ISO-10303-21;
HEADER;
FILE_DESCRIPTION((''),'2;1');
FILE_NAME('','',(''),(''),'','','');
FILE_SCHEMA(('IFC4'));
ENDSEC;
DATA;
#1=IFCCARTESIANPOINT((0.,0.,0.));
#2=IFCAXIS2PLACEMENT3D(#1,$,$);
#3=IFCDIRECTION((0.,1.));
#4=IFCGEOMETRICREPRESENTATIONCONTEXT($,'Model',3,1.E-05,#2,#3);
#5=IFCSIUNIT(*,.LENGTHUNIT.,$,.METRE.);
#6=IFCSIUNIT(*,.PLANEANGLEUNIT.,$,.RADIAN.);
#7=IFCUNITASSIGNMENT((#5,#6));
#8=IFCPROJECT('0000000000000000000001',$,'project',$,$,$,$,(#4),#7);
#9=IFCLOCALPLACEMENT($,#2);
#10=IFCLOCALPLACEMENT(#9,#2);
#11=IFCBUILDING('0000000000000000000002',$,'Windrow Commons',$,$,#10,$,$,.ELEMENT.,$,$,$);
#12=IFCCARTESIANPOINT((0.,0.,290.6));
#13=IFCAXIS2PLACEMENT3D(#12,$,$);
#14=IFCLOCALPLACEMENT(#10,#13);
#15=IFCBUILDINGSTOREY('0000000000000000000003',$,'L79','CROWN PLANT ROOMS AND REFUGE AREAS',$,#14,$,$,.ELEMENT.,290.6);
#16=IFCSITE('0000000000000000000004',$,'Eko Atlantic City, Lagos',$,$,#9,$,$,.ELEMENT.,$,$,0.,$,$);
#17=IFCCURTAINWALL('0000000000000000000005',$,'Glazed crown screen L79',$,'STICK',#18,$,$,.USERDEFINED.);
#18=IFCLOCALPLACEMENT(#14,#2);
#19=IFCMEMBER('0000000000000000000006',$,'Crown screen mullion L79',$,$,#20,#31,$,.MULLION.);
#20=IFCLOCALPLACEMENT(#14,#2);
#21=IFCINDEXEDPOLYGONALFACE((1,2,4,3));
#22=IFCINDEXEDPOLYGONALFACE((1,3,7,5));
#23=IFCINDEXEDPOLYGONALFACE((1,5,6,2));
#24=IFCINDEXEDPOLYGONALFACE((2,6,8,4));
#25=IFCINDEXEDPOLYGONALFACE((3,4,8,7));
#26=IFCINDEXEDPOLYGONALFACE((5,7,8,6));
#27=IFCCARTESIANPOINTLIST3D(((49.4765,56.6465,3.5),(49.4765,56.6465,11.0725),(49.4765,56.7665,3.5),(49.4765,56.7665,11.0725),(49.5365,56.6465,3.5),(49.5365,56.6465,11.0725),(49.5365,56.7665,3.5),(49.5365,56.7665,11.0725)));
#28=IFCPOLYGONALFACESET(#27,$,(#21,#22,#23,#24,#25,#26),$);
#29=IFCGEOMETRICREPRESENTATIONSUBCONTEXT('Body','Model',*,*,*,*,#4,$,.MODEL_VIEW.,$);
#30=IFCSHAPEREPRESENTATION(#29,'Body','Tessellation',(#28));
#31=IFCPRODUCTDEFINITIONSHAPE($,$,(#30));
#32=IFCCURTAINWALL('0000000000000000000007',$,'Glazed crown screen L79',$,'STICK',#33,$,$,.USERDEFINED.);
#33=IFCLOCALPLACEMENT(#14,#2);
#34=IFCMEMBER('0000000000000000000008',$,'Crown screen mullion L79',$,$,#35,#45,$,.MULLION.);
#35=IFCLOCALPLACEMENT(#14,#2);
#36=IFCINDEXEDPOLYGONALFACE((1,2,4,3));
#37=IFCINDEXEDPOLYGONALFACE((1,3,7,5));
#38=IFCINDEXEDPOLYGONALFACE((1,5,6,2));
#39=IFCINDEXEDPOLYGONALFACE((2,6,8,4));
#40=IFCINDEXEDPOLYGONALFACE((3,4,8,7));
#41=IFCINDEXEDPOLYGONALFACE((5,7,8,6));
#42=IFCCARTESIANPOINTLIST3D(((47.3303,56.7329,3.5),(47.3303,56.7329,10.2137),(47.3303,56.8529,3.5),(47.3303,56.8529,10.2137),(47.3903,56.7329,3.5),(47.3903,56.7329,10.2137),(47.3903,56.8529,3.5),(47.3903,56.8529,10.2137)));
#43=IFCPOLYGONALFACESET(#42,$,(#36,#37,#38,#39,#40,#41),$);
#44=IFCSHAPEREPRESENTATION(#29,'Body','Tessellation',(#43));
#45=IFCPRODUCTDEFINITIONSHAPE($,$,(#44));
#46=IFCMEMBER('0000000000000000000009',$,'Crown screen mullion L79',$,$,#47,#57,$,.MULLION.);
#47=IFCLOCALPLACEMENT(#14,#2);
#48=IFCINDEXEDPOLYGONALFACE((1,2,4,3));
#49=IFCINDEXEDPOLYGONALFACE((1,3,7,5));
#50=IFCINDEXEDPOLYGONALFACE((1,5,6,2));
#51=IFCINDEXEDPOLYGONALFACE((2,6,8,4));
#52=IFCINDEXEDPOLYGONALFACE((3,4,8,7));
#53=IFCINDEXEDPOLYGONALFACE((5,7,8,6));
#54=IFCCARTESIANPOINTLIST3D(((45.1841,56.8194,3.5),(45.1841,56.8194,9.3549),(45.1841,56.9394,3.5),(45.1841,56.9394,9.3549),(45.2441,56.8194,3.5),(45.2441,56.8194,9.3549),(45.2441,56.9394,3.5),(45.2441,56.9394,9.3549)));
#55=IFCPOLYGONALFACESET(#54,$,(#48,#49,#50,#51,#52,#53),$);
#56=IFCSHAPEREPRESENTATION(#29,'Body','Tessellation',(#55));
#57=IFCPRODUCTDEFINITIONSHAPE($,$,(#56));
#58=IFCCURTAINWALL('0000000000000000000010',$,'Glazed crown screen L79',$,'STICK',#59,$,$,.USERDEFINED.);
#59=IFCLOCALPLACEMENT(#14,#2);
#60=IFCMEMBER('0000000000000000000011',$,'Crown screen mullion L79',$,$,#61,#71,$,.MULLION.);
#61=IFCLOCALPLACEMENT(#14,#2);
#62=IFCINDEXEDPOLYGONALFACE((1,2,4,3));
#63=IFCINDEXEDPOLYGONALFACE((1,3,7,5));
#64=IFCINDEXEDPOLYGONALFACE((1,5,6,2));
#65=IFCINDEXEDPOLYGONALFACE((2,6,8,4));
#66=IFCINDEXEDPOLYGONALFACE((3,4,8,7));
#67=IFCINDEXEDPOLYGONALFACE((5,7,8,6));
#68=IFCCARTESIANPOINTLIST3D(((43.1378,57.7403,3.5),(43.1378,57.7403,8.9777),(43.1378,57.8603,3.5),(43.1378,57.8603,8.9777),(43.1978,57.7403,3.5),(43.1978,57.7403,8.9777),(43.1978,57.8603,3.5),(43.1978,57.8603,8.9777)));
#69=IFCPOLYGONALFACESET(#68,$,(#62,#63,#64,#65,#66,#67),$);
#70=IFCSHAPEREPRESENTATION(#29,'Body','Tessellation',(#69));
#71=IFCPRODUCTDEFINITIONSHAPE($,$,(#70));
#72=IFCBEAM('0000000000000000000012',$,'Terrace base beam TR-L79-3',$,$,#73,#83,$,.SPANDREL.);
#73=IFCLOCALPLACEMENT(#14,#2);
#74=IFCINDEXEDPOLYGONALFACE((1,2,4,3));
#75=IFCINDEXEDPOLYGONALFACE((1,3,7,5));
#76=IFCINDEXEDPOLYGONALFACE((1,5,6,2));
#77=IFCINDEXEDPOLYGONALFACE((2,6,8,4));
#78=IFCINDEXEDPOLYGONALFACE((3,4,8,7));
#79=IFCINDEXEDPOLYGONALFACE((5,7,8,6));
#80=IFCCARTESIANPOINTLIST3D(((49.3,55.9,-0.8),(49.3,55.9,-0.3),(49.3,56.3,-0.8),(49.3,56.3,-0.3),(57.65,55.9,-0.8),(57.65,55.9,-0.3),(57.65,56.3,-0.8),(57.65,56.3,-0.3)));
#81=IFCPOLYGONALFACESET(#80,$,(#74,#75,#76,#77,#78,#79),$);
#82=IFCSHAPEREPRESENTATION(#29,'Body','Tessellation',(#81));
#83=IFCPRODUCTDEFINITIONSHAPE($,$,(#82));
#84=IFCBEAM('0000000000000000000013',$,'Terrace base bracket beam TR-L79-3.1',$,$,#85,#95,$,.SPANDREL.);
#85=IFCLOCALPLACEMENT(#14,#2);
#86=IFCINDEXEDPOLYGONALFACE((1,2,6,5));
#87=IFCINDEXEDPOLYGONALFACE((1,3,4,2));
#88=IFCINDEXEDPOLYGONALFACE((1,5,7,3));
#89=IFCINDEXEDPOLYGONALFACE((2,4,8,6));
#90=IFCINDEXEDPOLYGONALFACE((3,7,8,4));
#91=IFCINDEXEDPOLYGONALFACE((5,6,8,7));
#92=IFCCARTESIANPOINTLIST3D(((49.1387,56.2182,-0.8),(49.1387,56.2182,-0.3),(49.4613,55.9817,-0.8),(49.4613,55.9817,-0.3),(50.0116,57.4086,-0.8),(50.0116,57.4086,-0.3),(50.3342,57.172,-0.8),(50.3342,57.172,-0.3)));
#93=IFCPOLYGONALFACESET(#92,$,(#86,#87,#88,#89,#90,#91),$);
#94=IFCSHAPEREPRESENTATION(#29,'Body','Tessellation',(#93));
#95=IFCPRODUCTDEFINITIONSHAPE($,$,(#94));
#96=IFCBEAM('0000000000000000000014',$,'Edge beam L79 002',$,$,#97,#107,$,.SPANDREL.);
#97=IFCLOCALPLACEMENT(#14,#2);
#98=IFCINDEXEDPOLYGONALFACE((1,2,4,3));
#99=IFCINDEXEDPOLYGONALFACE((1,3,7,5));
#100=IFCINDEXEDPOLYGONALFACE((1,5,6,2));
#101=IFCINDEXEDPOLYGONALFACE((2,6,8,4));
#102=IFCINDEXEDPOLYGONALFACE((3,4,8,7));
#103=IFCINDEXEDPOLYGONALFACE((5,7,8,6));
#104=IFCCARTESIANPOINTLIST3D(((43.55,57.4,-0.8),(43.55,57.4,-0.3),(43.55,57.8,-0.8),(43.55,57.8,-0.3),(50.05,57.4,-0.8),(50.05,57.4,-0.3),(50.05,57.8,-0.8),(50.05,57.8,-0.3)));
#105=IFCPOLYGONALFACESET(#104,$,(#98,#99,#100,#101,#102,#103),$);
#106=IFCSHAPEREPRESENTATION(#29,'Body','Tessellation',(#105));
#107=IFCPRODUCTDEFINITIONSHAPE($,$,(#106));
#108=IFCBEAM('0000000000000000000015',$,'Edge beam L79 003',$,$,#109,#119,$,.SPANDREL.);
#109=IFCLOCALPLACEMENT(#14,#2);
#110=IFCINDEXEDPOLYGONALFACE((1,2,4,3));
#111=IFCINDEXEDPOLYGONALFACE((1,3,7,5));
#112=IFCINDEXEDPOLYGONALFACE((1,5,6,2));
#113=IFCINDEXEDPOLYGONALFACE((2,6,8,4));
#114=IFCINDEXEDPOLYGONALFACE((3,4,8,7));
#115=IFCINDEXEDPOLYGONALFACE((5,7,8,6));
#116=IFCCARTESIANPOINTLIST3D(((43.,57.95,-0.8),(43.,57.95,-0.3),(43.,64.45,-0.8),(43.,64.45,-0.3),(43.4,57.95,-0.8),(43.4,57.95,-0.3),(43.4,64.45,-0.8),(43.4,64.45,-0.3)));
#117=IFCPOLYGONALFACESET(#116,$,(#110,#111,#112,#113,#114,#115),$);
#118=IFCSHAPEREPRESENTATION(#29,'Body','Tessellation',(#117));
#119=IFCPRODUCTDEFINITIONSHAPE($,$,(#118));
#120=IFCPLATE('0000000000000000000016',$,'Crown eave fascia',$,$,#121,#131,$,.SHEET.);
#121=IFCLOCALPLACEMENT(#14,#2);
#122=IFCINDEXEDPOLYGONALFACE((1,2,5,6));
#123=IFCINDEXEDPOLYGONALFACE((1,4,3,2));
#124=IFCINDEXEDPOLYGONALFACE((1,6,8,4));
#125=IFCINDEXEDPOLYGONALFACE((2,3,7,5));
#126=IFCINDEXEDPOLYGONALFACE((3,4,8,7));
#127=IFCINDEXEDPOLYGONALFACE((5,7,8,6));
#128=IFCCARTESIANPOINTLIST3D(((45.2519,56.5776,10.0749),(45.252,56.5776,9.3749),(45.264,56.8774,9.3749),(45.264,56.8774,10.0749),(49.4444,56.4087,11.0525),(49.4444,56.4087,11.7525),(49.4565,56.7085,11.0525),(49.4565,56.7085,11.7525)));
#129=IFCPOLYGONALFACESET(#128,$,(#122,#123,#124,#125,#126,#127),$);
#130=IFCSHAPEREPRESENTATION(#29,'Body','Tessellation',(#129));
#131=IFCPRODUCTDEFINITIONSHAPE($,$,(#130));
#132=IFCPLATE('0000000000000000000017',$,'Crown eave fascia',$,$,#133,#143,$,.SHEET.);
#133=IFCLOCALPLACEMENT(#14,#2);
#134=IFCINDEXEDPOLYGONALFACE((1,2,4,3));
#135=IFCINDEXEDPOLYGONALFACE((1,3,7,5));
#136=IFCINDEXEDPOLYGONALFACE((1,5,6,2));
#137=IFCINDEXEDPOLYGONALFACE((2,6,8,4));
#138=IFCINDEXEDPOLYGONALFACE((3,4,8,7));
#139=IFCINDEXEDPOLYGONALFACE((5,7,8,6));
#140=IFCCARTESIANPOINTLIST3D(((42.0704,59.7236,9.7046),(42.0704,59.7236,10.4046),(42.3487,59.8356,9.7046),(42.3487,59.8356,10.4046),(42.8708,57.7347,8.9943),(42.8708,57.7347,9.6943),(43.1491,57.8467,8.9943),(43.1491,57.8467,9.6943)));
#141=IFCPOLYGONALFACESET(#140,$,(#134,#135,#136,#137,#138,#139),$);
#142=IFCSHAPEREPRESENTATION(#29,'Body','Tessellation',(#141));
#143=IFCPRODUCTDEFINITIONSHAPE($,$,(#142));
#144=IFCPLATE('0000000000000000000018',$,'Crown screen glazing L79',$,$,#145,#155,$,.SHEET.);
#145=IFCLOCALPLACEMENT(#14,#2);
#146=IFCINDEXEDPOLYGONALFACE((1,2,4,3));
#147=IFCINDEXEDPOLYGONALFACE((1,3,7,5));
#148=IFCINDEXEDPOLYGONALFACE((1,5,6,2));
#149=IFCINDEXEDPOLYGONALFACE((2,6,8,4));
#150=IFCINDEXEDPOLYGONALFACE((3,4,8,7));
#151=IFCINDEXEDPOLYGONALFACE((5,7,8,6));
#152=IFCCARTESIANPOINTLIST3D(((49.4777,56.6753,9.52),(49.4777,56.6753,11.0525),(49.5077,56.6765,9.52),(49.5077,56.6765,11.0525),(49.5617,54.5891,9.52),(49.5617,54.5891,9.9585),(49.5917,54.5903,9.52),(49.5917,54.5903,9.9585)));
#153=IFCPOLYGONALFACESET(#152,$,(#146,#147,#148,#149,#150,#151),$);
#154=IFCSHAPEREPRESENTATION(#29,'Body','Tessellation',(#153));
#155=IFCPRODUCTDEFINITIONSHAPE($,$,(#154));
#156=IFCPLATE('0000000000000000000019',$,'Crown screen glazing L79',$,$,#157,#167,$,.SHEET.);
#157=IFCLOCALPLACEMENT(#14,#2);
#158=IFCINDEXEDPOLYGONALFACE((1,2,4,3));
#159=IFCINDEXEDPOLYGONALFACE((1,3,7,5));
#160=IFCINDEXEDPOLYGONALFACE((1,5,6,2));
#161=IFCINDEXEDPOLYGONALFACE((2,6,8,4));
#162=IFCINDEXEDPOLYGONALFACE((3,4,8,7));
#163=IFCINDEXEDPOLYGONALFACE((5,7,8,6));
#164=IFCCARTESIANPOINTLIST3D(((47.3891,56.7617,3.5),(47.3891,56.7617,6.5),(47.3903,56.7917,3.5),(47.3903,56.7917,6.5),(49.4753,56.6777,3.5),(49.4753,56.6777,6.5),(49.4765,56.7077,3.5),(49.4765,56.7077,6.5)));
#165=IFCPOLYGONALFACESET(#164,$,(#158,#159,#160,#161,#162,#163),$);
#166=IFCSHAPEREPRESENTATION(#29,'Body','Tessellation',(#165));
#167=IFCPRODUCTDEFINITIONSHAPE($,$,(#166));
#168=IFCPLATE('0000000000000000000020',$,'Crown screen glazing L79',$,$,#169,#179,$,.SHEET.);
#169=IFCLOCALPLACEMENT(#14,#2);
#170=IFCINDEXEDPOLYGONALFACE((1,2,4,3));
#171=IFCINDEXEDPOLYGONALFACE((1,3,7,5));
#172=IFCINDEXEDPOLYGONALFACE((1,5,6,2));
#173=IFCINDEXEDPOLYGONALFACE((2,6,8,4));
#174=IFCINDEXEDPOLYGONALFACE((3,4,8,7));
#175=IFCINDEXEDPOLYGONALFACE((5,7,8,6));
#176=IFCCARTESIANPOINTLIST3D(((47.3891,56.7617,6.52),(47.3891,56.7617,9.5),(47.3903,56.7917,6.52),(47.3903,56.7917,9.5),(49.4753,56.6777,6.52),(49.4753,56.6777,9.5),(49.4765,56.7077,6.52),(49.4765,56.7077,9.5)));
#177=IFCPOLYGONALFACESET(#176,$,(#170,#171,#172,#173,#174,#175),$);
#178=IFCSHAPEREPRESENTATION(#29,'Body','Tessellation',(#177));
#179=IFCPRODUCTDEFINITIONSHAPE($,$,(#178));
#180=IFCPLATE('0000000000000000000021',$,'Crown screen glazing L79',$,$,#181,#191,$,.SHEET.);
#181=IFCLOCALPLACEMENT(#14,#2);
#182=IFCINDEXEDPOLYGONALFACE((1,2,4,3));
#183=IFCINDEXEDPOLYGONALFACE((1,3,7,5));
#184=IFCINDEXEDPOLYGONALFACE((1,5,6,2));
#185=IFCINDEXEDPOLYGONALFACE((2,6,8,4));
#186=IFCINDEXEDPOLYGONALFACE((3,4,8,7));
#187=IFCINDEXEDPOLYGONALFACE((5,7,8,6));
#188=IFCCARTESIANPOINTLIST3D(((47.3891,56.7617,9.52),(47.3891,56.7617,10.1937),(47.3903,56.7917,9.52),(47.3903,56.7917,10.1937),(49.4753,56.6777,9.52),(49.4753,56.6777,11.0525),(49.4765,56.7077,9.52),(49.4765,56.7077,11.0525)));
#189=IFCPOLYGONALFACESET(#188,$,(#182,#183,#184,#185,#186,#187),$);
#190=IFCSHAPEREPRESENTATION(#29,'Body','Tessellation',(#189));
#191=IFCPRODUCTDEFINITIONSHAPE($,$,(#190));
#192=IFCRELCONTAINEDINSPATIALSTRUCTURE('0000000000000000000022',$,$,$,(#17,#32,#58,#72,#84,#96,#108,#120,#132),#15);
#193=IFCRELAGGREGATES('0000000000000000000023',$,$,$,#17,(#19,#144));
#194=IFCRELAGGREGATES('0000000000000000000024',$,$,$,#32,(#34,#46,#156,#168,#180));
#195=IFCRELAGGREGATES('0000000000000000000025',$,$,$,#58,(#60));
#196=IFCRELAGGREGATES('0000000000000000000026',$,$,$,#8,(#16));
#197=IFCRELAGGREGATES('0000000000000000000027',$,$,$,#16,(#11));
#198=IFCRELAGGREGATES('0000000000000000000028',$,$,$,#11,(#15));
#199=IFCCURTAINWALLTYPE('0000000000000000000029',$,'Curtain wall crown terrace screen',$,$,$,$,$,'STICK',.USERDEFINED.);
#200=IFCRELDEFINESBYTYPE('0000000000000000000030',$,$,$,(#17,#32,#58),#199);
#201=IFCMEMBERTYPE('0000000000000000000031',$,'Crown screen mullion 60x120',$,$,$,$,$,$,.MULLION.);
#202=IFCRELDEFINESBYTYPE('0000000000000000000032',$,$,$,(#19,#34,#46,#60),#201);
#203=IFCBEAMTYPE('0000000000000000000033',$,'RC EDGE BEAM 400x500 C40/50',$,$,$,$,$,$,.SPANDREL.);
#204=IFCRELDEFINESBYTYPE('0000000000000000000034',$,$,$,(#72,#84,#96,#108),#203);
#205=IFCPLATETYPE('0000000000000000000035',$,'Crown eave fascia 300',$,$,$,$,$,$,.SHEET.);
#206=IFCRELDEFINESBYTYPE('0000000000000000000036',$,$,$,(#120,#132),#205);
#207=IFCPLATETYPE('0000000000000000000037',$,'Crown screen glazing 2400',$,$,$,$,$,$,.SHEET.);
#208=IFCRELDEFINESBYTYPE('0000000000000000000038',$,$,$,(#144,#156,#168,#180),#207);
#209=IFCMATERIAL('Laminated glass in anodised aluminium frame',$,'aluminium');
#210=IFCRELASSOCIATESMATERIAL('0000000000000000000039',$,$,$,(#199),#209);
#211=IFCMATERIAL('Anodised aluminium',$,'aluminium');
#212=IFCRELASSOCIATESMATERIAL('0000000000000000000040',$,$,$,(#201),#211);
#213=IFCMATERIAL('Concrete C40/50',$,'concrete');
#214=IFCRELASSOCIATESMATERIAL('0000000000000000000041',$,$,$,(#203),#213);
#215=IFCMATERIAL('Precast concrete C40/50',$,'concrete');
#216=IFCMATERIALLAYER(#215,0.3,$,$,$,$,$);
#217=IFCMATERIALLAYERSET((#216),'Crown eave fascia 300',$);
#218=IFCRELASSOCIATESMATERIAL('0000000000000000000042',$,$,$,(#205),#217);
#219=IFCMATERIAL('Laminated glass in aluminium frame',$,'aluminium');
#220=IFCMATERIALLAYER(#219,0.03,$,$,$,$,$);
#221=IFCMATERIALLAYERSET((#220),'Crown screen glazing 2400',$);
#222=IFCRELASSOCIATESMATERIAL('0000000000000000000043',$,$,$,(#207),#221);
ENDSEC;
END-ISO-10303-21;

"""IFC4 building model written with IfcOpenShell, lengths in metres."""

from ifc_helpers import new_model, si_unit, direction, frame, origin, origin_2d, place, context, subcontext, project, spatial, polyline, rectangle, outline, extrude, material, layer, layer_set, material_profile, profile_set, type_object, element, aggregate, save


model = new_model("IFC4")

# Units and contexts
model_context = context("Model", 3, precision=1e-05, world=origin(), true_north=direction((0.0, 1.0)))
body_context = subcontext(model_context, "Body", "Model", "MODEL_VIEW")
ifc_project = project(units=[si_unit("LENGTHUNIT", "METRE"), si_unit("PLANEANGLEUNIT", "RADIAN")], contexts=[model_context])

# Site, building, storey
site_placement = place(None, origin())
site = spatial("IfcSite", under=ifc_project, at=site_placement, Name="Eko Atlantic City, Lagos", CompositionType="ELEMENT", RefElevation=0.0)
building_placement = place(site_placement, origin())
building = spatial("IfcBuilding", under=site, at=building_placement, Name="Windrow Commons", CompositionType="ELEMENT")
storey_placement = place(building_placement, frame((0.0, 0.0, 290.6)))
storey = spatial("IfcBuildingStorey", under=building, at=storey_placement, Name="L79", Description="CROWN PLANT ROOMS AND REFUGE AREAS", CompositionType="ELEMENT", Elevation=290.6)

# Curtain wall, member
ifc_material_1 = material(Name="Laminated glass in anodised aluminium frame", Category="aluminium")
curtain_wall_type = type_object("IfcCurtainWallType", Name="Curtain wall crown terrace screen", ElementType="STICK", PredefinedType="USERDEFINED", material=ifc_material_1)
placement = place(storey_placement, origin())
curtain_wall_1 = element("IfcCurtainWall", 1, at=placement, inside=storey, type_object=curtain_wall_type, Name="Glazed crown screen L79", ObjectType="STICK", PredefinedType="USERDEFINED")
ifc_material_2 = material(Name="Anodised aluminium", Category="aluminium")
ifc_material_profile_1 = material_profile(ifc_material_2, rectangle(XDim=0.06, YDim=0.12, at=origin_2d()))
ifc_profile_set_1 = profile_set([ifc_material_profile_1], Name="Anodised aluminium")
member_type = type_object("IfcMemberType", Name="Crown screen mullion 60x120", PredefinedType="MULLION", material=ifc_profile_set_1)
member_1_placement = place(storey_placement, frame((49.5065, 56.7065, 3.5), z_axis=(0.0, 0.0, 1.0), x_axis=(1.0, 0.0, 0.0)))
member_1 = element("IfcMember", 2, at=member_1_placement, type_object=member_type, Name="Crown screen mullion L79", PredefinedType="MULLION", context=body_context, shape_type="SweptSolid", body=[
    extrude(rectangle(XDim=0.06, YDim=0.12, at=origin_2d()), origin(), (0.0, 0.0, 1.0), 7.5725),
])

# Curtain wall, members
curtain_wall_2 = element("IfcCurtainWall", 3, at=placement, inside=storey, type_object=curtain_wall_type, Name="Glazed crown screen L79", ObjectType="STICK", PredefinedType="USERDEFINED")
member_2_placement = place(storey_placement, frame((47.3603, 56.7929, 3.5), z_axis=(0.0, 0.0, 1.0), x_axis=(1.0, 0.0, 0.0)))
member_2 = element("IfcMember", 4, at=member_2_placement, type_object=member_type, Name="Crown screen mullion L79", PredefinedType="MULLION", context=body_context, shape_type="SweptSolid", body=[
    extrude(rectangle(XDim=0.06, YDim=0.12, at=origin_2d()), origin(), (0.0, 0.0, 1.0), 6.7137),
])
member_3_placement = place(storey_placement, frame((45.2141, 56.8794, 3.5), z_axis=(0.0, 0.0, 1.0), x_axis=(1.0, 0.0, 0.0)))
member_3 = element("IfcMember", 5, at=member_3_placement, type_object=member_type, Name="Crown screen mullion L79", PredefinedType="MULLION", context=body_context, shape_type="SweptSolid", body=[
    extrude(rectangle(XDim=0.06, YDim=0.12, at=origin_2d()), origin(), (0.0, 0.0, 1.0), 5.8549),
])

# Curtain wall, member
curtain_wall_3 = element("IfcCurtainWall", 6, at=placement, inside=storey, type_object=curtain_wall_type, Name="Glazed crown screen L79", ObjectType="STICK", PredefinedType="USERDEFINED")
member_4_placement = place(storey_placement, frame((43.1678, 57.8003, 3.5), z_axis=(0.0, 0.0, 1.0), x_axis=(1.0, 0.0, 0.0)))
member_4 = element("IfcMember", 7, at=member_4_placement, type_object=member_type, Name="Crown screen mullion L79", PredefinedType="MULLION", context=body_context, shape_type="SweptSolid", body=[
    extrude(rectangle(XDim=0.06, YDim=0.12, at=origin_2d()), origin(), (0.0, 0.0, 1.0), 5.4777),
])

# Beams
ifc_material_3 = material(Name="Concrete C40/50", Category="concrete")
ifc_material_profile_2 = material_profile(ifc_material_3, rectangle(XDim=0.4, YDim=0.5, at=origin_2d()))
ifc_profile_set_2 = profile_set([ifc_material_profile_2], Name="Concrete C40/50")
beam_type = type_object("IfcBeamType", Name="RC EDGE BEAM 400x500 C40/50", PredefinedType="SPANDREL", material=ifc_profile_set_2)
beam_1_placement = place(storey_placement, frame((49.3, 56.1, -0.55), z_axis=(1.0, 0.0, 0.0), x_axis=(0.0, 1.0, 0.0)))
element("IfcBeam", 8, at=beam_1_placement, inside=storey, type_object=beam_type, Name="Terrace base beam TR-L79-3", PredefinedType="SPANDREL", context=body_context, shape_type="SweptSolid", body=[
    extrude(rectangle(XDim=0.4, YDim=0.5, at=origin_2d()), origin(), (0.0, 0.0, 1.0), 8.35),
])
beam_2_placement = place(storey_placement, frame((50.1729, 57.2903, -0.55), z_axis=(-0.59137, -0.806401, 0.0), x_axis=(0.806401, -0.59137, 0.0)))
element("IfcBeam", 9, at=beam_2_placement, inside=storey, type_object=beam_type, Name="Terrace base bracket beam TR-L79-3.1", PredefinedType="SPANDREL", context=body_context, shape_type="SweptSolid", body=[
    extrude(rectangle(XDim=0.4, YDim=0.5, at=origin_2d()), origin(), (0.0, 0.0, 1.0), 1.4761),
])
for number, where, z_axis, x_axis, name in (
    (10, (50.05, 57.6, -0.55), (-1.0, 0.0, 0.0), (0.0, -1.0, 0.0), "Edge beam L79 002"),
    (11, (43.2, 57.95, -0.55), (0.0, 1.0, 0.0), (-1.0, 0.0, 0.0), "Edge beam L79 003"),
):
    element("IfcBeam", number, at=place(storey_placement, frame(where, z_axis=z_axis, x_axis=x_axis)), inside=storey, type_object=beam_type, Name=name, PredefinedType="SPANDREL", context=body_context, shape_type="SweptSolid", body=[
        extrude(rectangle(XDim=0.4, YDim=0.5, at=origin_2d()), origin(), (0.0, 0.0, 1.0), 6.5),
    ])

# Plates
ifc_material_4 = material(Name="Precast concrete C40/50", Category="concrete")
ifc_layer_1 = layer(ifc_material_4, 0.3)
ifc_layer_set_1 = layer_set([ifc_layer_1], Name="Crown eave fascia 300")
plate_type_1 = type_object("IfcPlateType", Name="Crown eave fascia 300", PredefinedType="SHEET", material=ifc_layer_set_1)
plate_1_placement = place(storey_placement, frame((49.4565, 56.7085, 11.0525), z_axis=(0.040254, 0.999189, 0.0), x_axis=(-0.927782, 0.037377, -0.371246)))
element("IfcPlate", 12, at=plate_1_placement, inside=storey, type_object=plate_type_1, Name="Crown eave fascia", PredefinedType="SHEET", context=body_context, shape_type="SweptSolid", body=[
    extrude(outline(polyline([(0.0, 0.0), (4.5188, 0.0), (4.259, 0.65), (-0.2599, 0.65), (0.0, 0.0)])), origin(), (0.0, 0.0, -1.0), 0.3),
])
plate_2_placement = place(storey_placement, frame((43.1491, 57.8467, 8.9943), z_axis=(0.927696, 0.373336, 0.0), x_axis=(-0.354392, 0.880623, 0.314499)))
element("IfcPlate", 13, at=plate_2_placement, inside=storey, type_object=plate_type_1, Name="Crown eave fascia", PredefinedType="SHEET", context=body_context, shape_type="SweptSolid", body=[
    extrude(outline(polyline([(0.0, 0.0), (2.2585, 0.0), (2.4787, 0.6645), (0.2201, 0.6645), (0.0, 0.0)])), origin(), (0.0, 0.0, -1.0), 0.3),
])

# Plates
ifc_material_5 = material(Name="Laminated glass in aluminium frame", Category="aluminium")
ifc_layer_2 = layer(ifc_material_5, 0.03)
ifc_layer_set_2 = layer_set([ifc_layer_2], Name="Crown screen glazing 2400")
plate_type_2 = type_object("IfcPlateType", Name="Crown screen glazing 2400", PredefinedType="SHEET", material=ifc_layer_set_2)
plate_3_placement = place(storey_placement, frame((49.5917, 54.5903, 9.52), z_axis=(0.99919, 0.040232, 0.0), x_axis=(-0.040232, 0.99919, 0.0)))
plate_3 = element("IfcPlate", 14, at=plate_3_placement, type_object=plate_type_2, Name="Crown screen glazing L79", PredefinedType="SHEET", context=body_context, shape_type="SweptSolid", body=[
    extrude(outline(polyline([(0.0, 0.0), (2.0879, 0.0), (2.0879, 1.5325), (0.0, 0.4385), (0.0, 0.0)])), origin(), (0.0, 0.0, -1.0), 0.03),
])
aggregate(curtain_wall_1, [member_1, plate_3])
plate_4_placement = place(storey_placement, frame((49.4765, 56.7077, 3.5), z_axis=(0.040232, 0.99919, 0.0), x_axis=(-0.99919, 0.040232, 0.0)))
plate_4 = element("IfcPlate", 15, at=plate_4_placement, type_object=plate_type_2, Name="Crown screen glazing L79", PredefinedType="SHEET", context=body_context, shape_type="SweptSolid", body=[
    extrude(outline(polyline([(0.0, 0.0), (2.0879, 0.0), (2.0879, 3.0), (0.0, 3.0), (0.0, 0.0)])), origin(), (0.0, 0.0, -1.0), 0.03),
])
plate_5_placement = place(storey_placement, frame((49.4765, 56.7077, 6.52), z_axis=(0.040232, 0.99919, 0.0), x_axis=(-0.99919, 0.040232, 0.0)))
plate_5 = element("IfcPlate", 16, at=plate_5_placement, type_object=plate_type_2, Name="Crown screen glazing L79", PredefinedType="SHEET", context=body_context, shape_type="SweptSolid", body=[
    extrude(outline(polyline([(0.0, 0.0), (2.0879, 0.0), (2.0879, 2.98), (0.0, 2.98), (0.0, 0.0)])), origin(), (0.0, 0.0, -1.0), 0.03),
])
plate_6_placement = place(storey_placement, frame((49.4765, 56.7077, 9.52), z_axis=(0.040232, 0.99919, 0.0), x_axis=(-0.99919, 0.040232, 0.0)))
plate_6 = element("IfcPlate", 17, at=plate_6_placement, type_object=plate_type_2, Name="Crown screen glazing L79", PredefinedType="SHEET", context=body_context, shape_type="SweptSolid", body=[
    extrude(outline(polyline([(0.0, 0.0), (2.0879, 0.0), (2.0879, 0.6737), (0.0, 1.5325), (0.0, 0.0)])), origin(), (0.0, 0.0, -1.0), 0.03),
])
aggregate(curtain_wall_2, [member_2, member_3, plate_4, plate_5, plate_6])
aggregate(curtain_wall_3, [member_4])

save(model, "model.ifc")
